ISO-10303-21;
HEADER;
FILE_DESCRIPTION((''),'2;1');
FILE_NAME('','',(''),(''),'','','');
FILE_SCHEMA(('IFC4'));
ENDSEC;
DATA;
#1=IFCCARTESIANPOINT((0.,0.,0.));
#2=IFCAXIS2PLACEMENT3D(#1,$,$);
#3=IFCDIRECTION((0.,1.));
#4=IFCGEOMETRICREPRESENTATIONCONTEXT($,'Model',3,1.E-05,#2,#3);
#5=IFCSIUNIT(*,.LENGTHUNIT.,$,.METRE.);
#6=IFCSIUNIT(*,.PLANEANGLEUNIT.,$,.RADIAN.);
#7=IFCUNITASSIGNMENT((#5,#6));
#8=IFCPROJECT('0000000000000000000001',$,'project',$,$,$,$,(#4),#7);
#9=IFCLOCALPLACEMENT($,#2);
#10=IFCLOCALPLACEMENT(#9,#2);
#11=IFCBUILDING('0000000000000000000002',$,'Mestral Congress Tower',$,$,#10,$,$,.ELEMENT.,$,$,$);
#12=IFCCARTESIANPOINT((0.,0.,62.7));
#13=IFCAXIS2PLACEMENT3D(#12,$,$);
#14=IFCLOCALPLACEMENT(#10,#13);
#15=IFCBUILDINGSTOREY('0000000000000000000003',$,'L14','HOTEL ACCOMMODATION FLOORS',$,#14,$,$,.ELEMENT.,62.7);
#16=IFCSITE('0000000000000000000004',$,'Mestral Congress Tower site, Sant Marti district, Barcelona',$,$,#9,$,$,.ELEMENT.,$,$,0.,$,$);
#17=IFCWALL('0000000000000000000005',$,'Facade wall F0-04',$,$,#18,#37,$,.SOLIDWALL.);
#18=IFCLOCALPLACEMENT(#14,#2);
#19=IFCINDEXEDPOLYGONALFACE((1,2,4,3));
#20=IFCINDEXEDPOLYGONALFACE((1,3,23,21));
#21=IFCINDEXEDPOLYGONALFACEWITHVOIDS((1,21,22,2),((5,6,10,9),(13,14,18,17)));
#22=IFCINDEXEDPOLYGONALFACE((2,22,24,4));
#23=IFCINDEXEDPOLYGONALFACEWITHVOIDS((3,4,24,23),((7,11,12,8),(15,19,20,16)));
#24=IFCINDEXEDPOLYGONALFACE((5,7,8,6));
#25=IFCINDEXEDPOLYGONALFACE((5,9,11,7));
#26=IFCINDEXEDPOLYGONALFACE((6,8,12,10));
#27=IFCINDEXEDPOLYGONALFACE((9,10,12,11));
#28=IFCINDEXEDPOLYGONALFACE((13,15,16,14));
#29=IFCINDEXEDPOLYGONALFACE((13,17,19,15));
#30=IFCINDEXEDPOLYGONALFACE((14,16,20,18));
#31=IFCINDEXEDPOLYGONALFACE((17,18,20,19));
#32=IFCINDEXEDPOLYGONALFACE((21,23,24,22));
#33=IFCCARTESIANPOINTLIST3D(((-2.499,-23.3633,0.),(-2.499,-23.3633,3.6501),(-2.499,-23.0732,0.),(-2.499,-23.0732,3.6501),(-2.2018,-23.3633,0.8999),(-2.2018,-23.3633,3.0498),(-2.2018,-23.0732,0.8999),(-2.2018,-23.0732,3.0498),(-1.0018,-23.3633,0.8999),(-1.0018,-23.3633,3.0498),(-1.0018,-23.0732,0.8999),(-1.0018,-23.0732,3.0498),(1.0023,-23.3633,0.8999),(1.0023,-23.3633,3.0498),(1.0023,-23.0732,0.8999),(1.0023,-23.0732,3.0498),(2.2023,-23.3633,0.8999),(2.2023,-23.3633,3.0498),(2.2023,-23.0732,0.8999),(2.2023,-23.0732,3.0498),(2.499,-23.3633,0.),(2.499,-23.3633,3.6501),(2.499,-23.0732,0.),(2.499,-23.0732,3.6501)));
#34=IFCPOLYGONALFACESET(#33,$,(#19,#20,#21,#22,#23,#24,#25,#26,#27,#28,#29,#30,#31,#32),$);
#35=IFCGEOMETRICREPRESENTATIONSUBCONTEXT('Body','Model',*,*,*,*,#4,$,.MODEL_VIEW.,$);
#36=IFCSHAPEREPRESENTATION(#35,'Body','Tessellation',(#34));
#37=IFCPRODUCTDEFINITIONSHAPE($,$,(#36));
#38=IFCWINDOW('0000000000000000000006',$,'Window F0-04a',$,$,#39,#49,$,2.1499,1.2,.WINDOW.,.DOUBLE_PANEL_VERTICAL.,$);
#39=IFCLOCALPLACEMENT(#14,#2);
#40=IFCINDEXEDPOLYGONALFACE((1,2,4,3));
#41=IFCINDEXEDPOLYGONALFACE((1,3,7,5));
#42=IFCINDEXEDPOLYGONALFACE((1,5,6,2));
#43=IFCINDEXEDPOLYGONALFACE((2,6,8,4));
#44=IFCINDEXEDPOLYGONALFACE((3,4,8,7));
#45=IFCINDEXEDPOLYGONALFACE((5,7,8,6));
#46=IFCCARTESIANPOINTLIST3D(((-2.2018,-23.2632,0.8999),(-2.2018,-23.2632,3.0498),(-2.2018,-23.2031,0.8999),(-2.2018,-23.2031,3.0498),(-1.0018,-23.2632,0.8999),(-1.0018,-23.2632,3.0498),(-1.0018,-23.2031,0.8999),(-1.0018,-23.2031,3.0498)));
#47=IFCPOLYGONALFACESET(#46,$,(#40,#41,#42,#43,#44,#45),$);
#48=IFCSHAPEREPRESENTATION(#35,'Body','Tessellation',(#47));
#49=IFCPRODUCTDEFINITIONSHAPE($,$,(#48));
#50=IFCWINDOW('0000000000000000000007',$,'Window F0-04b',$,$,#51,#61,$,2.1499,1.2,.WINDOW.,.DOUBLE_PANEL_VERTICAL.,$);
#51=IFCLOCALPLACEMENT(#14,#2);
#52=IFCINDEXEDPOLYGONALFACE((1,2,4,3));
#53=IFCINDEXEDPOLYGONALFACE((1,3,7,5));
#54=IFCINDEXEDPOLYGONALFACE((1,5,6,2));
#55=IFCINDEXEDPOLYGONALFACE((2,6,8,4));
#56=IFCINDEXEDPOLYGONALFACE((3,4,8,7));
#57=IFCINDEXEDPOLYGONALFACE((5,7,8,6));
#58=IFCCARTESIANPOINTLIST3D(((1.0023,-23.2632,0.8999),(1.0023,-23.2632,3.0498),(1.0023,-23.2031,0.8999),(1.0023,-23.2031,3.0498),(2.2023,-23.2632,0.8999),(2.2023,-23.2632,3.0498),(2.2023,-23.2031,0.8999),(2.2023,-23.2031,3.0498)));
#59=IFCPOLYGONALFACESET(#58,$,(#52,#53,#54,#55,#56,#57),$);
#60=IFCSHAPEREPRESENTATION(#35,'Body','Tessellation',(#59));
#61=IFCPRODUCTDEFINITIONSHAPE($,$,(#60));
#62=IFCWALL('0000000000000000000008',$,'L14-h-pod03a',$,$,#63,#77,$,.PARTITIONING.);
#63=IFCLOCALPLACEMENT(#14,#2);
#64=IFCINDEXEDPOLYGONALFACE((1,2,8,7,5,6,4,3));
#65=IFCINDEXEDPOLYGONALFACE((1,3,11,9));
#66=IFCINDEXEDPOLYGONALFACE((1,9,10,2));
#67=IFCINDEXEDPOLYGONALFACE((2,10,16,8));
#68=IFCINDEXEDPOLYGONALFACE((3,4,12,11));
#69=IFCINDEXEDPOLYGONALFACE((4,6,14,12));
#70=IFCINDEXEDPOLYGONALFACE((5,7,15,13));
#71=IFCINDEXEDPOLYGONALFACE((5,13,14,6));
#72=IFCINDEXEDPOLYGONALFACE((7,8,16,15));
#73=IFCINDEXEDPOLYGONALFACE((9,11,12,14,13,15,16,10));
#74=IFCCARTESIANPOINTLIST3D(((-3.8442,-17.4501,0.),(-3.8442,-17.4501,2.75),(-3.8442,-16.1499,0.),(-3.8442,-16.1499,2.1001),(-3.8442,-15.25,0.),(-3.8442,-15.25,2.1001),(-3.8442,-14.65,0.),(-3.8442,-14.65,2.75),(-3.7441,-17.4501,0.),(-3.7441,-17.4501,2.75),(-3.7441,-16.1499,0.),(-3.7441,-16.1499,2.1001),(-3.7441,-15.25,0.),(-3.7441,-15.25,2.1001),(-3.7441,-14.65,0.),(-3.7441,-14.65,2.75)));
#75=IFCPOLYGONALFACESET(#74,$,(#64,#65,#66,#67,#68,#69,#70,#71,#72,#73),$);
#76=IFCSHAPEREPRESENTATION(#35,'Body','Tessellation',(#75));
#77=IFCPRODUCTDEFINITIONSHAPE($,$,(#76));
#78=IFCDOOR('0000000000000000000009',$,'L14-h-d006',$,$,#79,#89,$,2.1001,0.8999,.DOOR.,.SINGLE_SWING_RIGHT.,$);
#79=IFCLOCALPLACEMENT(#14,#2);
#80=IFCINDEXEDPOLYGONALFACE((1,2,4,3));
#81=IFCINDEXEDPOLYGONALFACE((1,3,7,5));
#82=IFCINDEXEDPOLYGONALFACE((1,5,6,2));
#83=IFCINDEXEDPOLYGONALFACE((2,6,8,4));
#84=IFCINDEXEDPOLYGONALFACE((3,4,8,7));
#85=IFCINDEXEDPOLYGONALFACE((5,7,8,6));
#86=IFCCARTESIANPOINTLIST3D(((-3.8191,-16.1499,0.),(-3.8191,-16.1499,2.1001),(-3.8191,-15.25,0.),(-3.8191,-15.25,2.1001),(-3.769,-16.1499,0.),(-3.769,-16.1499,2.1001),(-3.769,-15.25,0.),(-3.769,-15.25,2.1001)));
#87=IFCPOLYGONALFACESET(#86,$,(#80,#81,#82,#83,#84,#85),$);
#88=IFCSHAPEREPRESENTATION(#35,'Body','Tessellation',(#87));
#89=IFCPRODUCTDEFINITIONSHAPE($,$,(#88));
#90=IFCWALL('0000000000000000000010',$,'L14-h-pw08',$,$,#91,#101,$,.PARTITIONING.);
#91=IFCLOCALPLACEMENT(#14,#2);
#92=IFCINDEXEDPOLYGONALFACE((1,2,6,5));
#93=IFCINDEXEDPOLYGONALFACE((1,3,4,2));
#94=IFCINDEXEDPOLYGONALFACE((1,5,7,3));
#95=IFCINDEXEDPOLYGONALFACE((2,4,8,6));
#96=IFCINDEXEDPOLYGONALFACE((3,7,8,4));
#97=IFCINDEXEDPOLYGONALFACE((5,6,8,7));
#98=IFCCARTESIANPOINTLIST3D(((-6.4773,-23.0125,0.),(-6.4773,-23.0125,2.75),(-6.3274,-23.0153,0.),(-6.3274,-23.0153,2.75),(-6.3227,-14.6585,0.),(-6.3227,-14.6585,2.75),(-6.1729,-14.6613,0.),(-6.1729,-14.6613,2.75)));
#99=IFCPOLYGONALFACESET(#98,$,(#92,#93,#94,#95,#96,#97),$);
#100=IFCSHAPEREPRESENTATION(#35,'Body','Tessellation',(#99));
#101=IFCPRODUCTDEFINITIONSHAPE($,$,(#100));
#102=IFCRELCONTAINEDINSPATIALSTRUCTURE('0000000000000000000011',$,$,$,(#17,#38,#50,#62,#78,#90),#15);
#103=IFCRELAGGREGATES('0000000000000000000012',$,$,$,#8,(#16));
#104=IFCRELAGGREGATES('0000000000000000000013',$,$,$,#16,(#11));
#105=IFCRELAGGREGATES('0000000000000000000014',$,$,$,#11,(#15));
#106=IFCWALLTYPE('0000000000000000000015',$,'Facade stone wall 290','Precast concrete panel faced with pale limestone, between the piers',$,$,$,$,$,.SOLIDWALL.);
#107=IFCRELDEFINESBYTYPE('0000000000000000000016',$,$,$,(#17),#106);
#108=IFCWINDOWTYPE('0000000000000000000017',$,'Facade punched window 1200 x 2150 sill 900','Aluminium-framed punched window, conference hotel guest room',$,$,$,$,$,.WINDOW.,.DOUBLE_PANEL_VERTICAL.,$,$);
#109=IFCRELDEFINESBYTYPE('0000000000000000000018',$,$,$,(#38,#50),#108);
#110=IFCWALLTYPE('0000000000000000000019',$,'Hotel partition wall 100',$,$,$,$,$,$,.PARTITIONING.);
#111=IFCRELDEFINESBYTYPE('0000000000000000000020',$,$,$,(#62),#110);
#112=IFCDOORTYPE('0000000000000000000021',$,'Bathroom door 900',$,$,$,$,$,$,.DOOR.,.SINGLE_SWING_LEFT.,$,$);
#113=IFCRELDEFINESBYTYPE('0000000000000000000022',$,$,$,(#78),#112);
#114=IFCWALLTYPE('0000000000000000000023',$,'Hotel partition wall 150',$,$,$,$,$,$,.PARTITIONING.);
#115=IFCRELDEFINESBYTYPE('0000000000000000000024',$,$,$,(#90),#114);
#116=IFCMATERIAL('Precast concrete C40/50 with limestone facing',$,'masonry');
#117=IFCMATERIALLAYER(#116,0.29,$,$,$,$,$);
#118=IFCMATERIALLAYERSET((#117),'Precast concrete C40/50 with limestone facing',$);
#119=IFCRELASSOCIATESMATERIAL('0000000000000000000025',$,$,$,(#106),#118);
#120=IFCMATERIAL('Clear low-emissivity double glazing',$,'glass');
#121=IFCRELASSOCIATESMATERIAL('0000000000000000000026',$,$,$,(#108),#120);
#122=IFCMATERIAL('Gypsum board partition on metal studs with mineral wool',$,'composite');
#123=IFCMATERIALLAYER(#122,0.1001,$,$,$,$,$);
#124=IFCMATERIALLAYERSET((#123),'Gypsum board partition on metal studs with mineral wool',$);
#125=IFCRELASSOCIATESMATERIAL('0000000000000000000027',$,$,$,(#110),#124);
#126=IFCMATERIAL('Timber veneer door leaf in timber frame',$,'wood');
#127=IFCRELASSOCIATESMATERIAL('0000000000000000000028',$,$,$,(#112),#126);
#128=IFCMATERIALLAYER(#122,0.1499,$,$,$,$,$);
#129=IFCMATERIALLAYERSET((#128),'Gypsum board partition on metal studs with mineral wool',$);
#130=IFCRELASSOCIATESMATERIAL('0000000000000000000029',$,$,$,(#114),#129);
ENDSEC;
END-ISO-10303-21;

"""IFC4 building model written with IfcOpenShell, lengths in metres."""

from ifc_helpers import new_model, si_unit, direction, frame, frame_2d, origin, place, context, subcontext, project, spatial, rectangle, extrude, material, layer, layer_set, type_object, element, fill, save


model = new_model("IFC4")

# Units and contexts
model_context = context("Model", 3, precision=1e-05, world=origin(), true_north=direction((0.0, 1.0)))
body_context = subcontext(model_context, "Body", "Model", "MODEL_VIEW")
ifc_project = project(units=[si_unit("LENGTHUNIT", "METRE"), si_unit("PLANEANGLEUNIT", "RADIAN")], contexts=[model_context])

# Site, building, storey
site_placement = place(None, origin())
site = spatial("IfcSite", under=ifc_project, at=site_placement, Name="Mestral Congress Tower site, Sant Marti district, Barcelona", CompositionType="ELEMENT", RefElevation=0.0)
building_placement = place(site_placement, origin())
building = spatial("IfcBuilding", under=site, at=building_placement, Name="Mestral Congress Tower", CompositionType="ELEMENT")
storey_placement = place(building_placement, frame((0.0, 0.0, 62.7)))
storey = spatial("IfcBuildingStorey", under=building, at=storey_placement, Name="L14", Description="HOTEL ACCOMMODATION FLOORS", CompositionType="ELEMENT", Elevation=62.7)

# Wall, openings, windows
ifc_material_1 = material(Name="Precast concrete C40/50 with limestone facing", Category="masonry")
ifc_layer_1 = layer(ifc_material_1, 0.29)
ifc_layer_set_1 = layer_set([ifc_layer_1], Name="Precast concrete C40/50 with limestone facing")
wall_type_1 = type_object("IfcWallType", Name="Facade stone wall 290", Description="Precast concrete panel faced with pale limestone, between the piers", PredefinedType="SOLIDWALL", material=ifc_layer_set_1)
ifc_material_2 = material(Name="Clear low-emissivity double glazing", Category="glass")
window_type = type_object("IfcWindowType", Name="Facade punched window 1200 x 2150 sill 900", Description="Aluminium-framed punched window, conference hotel guest room", PartitioningType="DOUBLE_PANEL_VERTICAL", PredefinedType="WINDOW", material=ifc_material_2)
wall_1_placement = place(storey_placement, frame((-2.499, -23.2183, 0.0), z_axis=(0.0, 0.0, 1.0), x_axis=(1.0, 0.0, 0.0)))
wall_1 = element("IfcWall", 1, at=wall_1_placement, inside=storey, type_object=wall_type_1, Name="Facade wall F0-04", PredefinedType="SOLIDWALL", context=body_context, shape_type="SweptSolid", body=[
    extrude(rectangle(XDim=4.998, YDim=0.29, at=frame_2d((2.499, 0.0))), origin(), (0.0, 0.0, 1.0), 3.6501),
])
opening_1_placement = place(wall_1_placement, frame((0.2971, 0.0, 0.8999)))
opening_1 = element("IfcOpeningElement", 2, at=opening_1_placement, cuts=wall_1, PredefinedType="OPENING", context=body_context, shape_type="SweptSolid", body=[
    extrude(rectangle(XDim=1.2, YDim=2.1499, at=frame_2d((0.6001, 1.075))), frame((0.0, 0.155, 0.0), z_axis=(0.0, -1.0, 0.0), x_axis=(1.0, 0.0, 0.0)), (0.0, 0.0, 1.0), 0.3101),
])
opening_2_placement = place(wall_1_placement, frame((3.5012, 0.0, 0.8999)))
opening_2 = element("IfcOpeningElement", 3, at=opening_2_placement, cuts=wall_1, PredefinedType="OPENING", context=body_context, shape_type="SweptSolid", body=[
    extrude(rectangle(XDim=1.2, YDim=2.1499, at=frame_2d((0.6001, 1.075))), frame((0.0, 0.155, 0.0), z_axis=(0.0, -1.0, 0.0), x_axis=(1.0, 0.0, 0.0)), (0.0, 0.0, 1.0), 0.3101),
])
window_1_placement = place(opening_1_placement, origin())
window_1 = element("IfcWindow", 4, at=window_1_placement, inside=storey, type_object=window_type, Name="Window F0-04a", OverallHeight=2.1499, OverallWidth=1.2, PartitioningType="DOUBLE_PANEL_VERTICAL", PredefinedType="WINDOW", context=body_context, shape_type="SweptSolid", body=[
    extrude(rectangle(XDim=1.2, YDim=2.1499, at=frame_2d((0.6001, 1.075))), frame((0.0, 0.0151, 0.0), z_axis=(0.0, -1.0, 0.0), x_axis=(1.0, 0.0, 0.0)), (0.0, 0.0, 1.0), 0.0601),
])
fill(opening_1, window_1)
window_2_placement = place(opening_2_placement, origin())
window_2 = element("IfcWindow", 5, at=window_2_placement, inside=storey, type_object=window_type, Name="Window F0-04b", OverallHeight=2.1499, OverallWidth=1.2, PartitioningType="DOUBLE_PANEL_VERTICAL", PredefinedType="WINDOW", context=body_context, shape_type="SweptSolid", body=[
    extrude(rectangle(XDim=1.2, YDim=2.1499, at=frame_2d((0.6001, 1.075))), frame((0.0, 0.0151, 0.0), z_axis=(0.0, -1.0, 0.0), x_axis=(1.0, 0.0, 0.0)), (0.0, 0.0, 1.0), 0.0601),
])
fill(opening_2, window_2)

# Wall, opening, door
ifc_material_3 = material(Name="Gypsum board partition on metal studs with mineral wool", Category="composite")
ifc_layer_2 = layer(ifc_material_3, 0.1001)
ifc_layer_set_2 = layer_set([ifc_layer_2], Name="Gypsum board partition on metal studs with mineral wool")
wall_type_2 = type_object("IfcWallType", Name="Hotel partition wall 100", PredefinedType="PARTITIONING", material=ifc_layer_set_2)
wall_2_placement = place(storey_placement, frame((-3.7942, -17.45, 0.0), z_axis=(0.0, 0.0, 1.0), x_axis=(0.0, 1.0, 0.0)))
wall_2 = element("IfcWall", 6, at=wall_2_placement, inside=storey, type_object=wall_type_2, Name="L14-h-pod03a", PredefinedType="PARTITIONING", context=body_context, shape_type="SweptSolid", body=[
    extrude(rectangle(XDim=2.8, YDim=0.1001, at=frame_2d((1.3999, 0.0))), origin(), (0.0, 0.0, 1.0), 2.75),
])
opening_3_placement = place(wall_2_placement, frame((1.3, 0.0, 0.0)))
opening_3 = element("IfcOpeningElement", 7, at=opening_3_placement, cuts=wall_2, PredefinedType="OPENING", context=body_context, shape_type="SweptSolid", body=[
    extrude(rectangle(XDim=0.8999, YDim=2.1001, at=frame_2d((0.45, 1.05))), frame((0.0, 0.0601, 0.0), z_axis=(0.0, -1.0, 0.0), x_axis=(1.0, 0.0, 0.0)), (0.0, 0.0, 1.0), 0.1201),
])
ifc_material_4 = material(Name="Timber veneer door leaf in timber frame", Category="wood")
door_type = type_object("IfcDoorType", Name="Bathroom door 900", OperationType="SINGLE_SWING_LEFT", PredefinedType="DOOR", material=ifc_material_4)
door_placement = place(opening_3_placement, origin())
door = element("IfcDoor", 8, at=door_placement, inside=storey, type_object=door_type, Name="L14-h-d006", OperationType="SINGLE_SWING_RIGHT", OverallHeight=2.1001, OverallWidth=0.8999, PredefinedType="DOOR", context=body_context, shape_type="SweptSolid", body=[
    extrude(rectangle(XDim=0.8999, YDim=2.1001, at=frame_2d((0.45, 1.05))), frame((0.0, 0.0249, 0.0), z_axis=(0.0, -1.0, 0.0), x_axis=(1.0, 0.0, 0.0)), (0.0, 0.0, 1.0), 0.05),
])
fill(opening_3, door)

# Wall
ifc_layer_3 = layer(ifc_material_3, 0.1499)
ifc_layer_set_3 = layer_set([ifc_layer_3], Name="Gypsum board partition on metal studs with mineral wool")
wall_type_3 = type_object("IfcWallType", Name="Hotel partition wall 150", PredefinedType="PARTITIONING", material=ifc_layer_set_3)
wall_3_placement = place(storey_placement, frame((-6.4023, -23.0139, 0.0), z_axis=(0.0, 0.0, 1.0), x_axis=(0.018496, 0.999829, 0.0)))
element("IfcWall", 9, at=wall_3_placement, inside=storey, type_object=wall_type_3, Name="L14-h-pw08", PredefinedType="PARTITIONING", context=body_context, shape_type="SweptSolid", body=[
    extrude(rectangle(XDim=8.3555, YDim=0.1499, at=frame_2d((4.1777, 0.0))), origin(), (0.0, 0.0, 1.0), 2.75),
])

save(model, "model.ifc")
